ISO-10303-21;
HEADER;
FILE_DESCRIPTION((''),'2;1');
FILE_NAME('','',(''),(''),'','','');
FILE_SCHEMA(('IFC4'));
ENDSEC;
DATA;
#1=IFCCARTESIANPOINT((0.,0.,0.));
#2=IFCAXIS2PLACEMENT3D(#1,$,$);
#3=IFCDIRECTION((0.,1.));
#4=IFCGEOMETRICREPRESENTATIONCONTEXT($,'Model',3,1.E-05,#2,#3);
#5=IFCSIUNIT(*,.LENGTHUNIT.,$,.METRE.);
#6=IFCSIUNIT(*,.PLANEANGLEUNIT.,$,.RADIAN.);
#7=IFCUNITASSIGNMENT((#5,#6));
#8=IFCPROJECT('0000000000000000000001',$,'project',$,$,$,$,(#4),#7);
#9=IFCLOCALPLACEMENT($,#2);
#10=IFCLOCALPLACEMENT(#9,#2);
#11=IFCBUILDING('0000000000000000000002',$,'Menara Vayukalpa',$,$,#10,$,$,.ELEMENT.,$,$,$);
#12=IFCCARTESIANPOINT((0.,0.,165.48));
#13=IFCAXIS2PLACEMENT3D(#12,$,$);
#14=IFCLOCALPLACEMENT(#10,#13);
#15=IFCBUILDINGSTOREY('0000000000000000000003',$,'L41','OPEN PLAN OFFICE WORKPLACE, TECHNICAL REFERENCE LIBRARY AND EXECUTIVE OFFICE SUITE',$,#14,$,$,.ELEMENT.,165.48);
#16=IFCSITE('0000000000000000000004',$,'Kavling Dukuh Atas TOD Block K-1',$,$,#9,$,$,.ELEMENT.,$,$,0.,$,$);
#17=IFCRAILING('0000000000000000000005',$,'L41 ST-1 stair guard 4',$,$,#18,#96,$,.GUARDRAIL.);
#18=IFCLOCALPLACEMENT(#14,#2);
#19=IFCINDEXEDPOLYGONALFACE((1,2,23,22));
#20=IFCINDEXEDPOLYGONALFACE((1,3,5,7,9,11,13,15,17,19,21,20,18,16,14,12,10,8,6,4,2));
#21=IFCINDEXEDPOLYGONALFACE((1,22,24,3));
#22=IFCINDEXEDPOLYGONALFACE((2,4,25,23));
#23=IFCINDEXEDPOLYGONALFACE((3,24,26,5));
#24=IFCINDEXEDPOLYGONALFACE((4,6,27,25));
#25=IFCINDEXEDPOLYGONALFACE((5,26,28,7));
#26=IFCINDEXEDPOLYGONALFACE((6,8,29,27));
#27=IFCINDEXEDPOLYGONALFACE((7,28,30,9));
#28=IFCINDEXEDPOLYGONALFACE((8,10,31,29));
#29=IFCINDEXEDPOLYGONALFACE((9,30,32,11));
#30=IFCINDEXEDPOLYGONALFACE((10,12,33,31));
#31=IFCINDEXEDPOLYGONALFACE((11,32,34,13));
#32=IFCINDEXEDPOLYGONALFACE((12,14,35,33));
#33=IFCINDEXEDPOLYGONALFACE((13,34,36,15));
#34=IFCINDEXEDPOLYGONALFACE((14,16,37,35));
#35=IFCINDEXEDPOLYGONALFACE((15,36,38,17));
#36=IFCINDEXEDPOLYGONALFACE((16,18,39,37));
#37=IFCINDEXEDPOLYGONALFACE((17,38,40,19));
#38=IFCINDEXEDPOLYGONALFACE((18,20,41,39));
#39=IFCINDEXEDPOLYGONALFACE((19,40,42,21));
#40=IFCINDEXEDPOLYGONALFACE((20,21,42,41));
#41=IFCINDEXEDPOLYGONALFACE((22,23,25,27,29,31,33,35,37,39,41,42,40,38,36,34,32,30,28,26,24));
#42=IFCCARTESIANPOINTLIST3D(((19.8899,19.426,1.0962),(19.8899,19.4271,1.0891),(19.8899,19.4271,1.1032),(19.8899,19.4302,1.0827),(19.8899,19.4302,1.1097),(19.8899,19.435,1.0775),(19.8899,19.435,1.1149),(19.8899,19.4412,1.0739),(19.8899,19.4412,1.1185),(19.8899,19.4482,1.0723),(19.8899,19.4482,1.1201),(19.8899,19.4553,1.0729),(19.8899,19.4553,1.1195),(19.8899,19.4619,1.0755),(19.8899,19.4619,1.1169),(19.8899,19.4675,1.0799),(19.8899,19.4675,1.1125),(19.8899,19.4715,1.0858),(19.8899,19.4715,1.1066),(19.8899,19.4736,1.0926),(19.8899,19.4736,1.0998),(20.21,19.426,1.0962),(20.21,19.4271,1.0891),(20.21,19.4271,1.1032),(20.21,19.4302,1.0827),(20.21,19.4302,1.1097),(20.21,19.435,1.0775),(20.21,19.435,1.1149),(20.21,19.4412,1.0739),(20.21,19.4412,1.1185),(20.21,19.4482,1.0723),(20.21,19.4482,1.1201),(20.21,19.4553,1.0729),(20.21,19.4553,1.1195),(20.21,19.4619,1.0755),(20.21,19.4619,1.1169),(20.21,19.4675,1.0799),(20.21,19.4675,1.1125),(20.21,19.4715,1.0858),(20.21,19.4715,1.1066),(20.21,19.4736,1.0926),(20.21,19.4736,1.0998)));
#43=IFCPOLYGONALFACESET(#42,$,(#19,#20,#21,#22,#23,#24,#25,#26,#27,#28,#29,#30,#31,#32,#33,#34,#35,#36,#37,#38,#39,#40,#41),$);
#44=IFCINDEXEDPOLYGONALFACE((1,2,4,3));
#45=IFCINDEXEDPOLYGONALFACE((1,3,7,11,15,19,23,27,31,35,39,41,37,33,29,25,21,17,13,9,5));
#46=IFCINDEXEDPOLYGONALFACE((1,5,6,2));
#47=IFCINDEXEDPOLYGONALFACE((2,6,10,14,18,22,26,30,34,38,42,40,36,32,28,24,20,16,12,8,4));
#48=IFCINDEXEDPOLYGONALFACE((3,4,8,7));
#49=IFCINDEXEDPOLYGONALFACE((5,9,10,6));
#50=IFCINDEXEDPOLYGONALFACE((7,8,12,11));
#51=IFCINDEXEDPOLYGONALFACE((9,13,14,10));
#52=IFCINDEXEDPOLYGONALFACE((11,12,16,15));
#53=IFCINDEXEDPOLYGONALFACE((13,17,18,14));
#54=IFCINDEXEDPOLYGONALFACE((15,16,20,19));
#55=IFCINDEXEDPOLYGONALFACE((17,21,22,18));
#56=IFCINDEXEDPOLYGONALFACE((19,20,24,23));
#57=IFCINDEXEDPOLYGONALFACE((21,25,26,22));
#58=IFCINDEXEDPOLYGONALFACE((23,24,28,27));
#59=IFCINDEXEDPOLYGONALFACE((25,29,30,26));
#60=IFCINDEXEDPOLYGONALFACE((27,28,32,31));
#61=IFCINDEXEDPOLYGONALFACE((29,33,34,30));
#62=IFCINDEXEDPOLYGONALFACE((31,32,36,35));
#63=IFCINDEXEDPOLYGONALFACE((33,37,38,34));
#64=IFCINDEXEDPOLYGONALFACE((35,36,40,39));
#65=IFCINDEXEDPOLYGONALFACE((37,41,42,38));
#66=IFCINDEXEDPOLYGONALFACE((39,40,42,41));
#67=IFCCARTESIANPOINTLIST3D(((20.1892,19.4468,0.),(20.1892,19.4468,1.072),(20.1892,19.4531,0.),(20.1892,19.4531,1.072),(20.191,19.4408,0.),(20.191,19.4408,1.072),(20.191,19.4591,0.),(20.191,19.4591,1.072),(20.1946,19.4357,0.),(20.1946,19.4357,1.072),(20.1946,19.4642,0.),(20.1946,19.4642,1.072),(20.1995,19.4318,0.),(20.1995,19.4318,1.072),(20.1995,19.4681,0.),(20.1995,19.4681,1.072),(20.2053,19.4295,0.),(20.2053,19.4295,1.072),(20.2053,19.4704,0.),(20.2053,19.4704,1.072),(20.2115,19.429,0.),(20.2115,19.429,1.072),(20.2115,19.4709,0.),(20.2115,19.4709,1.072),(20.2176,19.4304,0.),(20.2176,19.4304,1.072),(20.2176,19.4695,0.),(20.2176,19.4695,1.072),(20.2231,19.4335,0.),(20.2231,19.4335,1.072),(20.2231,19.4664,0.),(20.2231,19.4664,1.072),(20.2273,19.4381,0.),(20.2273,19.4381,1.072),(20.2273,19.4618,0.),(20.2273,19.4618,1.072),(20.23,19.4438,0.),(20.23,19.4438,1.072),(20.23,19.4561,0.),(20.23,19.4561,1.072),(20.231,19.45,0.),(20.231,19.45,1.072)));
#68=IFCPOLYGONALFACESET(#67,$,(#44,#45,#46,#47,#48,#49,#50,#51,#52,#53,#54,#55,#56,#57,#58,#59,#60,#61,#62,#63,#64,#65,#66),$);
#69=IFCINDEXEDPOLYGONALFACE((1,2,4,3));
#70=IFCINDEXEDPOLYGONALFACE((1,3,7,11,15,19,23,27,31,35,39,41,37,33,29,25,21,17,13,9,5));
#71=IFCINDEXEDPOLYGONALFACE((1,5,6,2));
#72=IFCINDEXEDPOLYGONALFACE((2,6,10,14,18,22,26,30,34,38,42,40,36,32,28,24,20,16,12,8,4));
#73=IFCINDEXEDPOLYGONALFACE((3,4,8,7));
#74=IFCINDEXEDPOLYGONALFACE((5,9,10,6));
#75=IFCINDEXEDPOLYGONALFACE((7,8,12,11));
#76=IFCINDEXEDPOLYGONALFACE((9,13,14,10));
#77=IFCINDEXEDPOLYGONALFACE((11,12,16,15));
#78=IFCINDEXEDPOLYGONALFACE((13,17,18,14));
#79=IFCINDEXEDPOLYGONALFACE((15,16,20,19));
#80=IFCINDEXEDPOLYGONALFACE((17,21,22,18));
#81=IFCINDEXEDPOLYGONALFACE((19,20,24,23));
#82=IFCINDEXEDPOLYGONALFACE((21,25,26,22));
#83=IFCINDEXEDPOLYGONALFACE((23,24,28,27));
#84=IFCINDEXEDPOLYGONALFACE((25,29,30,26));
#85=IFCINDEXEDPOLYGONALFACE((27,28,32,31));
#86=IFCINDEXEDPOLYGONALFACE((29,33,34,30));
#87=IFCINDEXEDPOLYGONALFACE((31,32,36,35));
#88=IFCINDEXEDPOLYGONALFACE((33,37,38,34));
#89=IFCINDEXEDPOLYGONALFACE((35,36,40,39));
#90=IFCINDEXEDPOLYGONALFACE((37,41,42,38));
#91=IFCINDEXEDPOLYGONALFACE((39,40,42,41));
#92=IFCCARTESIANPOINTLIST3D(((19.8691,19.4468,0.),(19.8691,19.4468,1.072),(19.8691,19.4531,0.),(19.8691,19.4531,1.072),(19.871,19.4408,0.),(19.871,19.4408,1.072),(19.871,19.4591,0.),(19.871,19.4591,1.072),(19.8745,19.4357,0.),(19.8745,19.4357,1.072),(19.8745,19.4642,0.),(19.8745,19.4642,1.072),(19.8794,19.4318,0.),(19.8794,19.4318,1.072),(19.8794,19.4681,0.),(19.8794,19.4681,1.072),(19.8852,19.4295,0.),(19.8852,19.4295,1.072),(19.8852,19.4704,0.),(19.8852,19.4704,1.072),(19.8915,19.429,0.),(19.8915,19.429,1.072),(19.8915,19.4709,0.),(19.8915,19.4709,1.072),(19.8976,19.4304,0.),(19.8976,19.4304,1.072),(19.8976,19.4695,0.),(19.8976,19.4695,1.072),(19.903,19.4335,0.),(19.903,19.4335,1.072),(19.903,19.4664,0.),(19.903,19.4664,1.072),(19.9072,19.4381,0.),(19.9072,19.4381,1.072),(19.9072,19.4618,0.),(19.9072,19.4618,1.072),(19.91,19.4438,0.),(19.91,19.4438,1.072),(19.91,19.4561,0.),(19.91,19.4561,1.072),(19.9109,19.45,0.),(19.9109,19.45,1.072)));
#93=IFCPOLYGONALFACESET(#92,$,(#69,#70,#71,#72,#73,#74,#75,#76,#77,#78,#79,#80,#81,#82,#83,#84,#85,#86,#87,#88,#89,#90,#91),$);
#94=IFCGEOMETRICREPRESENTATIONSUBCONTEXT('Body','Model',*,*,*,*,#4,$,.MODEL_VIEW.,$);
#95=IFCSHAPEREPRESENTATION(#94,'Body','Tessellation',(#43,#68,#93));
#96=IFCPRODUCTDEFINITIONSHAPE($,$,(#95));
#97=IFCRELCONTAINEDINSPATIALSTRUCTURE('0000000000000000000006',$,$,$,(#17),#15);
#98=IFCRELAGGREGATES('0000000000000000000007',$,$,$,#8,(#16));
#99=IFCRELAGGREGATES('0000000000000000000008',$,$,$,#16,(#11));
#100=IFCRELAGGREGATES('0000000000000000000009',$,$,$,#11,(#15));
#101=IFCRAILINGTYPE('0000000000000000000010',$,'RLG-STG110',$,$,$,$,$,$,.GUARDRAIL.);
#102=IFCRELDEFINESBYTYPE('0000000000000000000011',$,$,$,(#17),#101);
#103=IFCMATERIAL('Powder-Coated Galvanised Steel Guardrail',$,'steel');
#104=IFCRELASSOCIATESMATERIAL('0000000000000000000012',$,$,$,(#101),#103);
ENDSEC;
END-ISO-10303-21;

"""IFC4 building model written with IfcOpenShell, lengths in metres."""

from ifc_helpers import new_model, si_unit, direction, frame, origin, origin_2d, place, context, subcontext, project, spatial, circle, extrude, material, type_object, element, save


model = new_model("IFC4")

# Units and contexts
model_context = context("Model", 3, precision=1e-05, world=origin(), true_north=direction((0.0, 1.0)))
body_context = subcontext(model_context, "Body", "Model", "MODEL_VIEW")
ifc_project = project(units=[si_unit("LENGTHUNIT", "METRE"), si_unit("PLANEANGLEUNIT", "RADIAN")], contexts=[model_context])

# Site, building, storey
site_placement = place(None, origin())
site = spatial("IfcSite", under=ifc_project, at=site_placement, Name="Kavling Dukuh Atas TOD Block K-1", CompositionType="ELEMENT", RefElevation=0.0)
building_placement = place(site_placement, origin())
building = spatial("IfcBuilding", under=site, at=building_placement, Name="Menara Vayukalpa", CompositionType="ELEMENT")
storey_placement = place(building_placement, frame((0.0, 0.0, 165.48)))
storey = spatial("IfcBuildingStorey", under=building, at=storey_placement, Name="L41", Description="OPEN PLAN OFFICE WORKPLACE, TECHNICAL REFERENCE LIBRARY AND EXECUTIVE OFFICE SUITE", CompositionType="ELEMENT", Elevation=165.48)

# Railing
ifc_material_1 = material(Name="Powder-Coated Galvanised Steel Guardrail", Category="steel")
railing_type_1 = type_object("IfcRailingType", Name="RLG-STG110", PredefinedType="GUARDRAIL", material=ifc_material_1)
railing_1_placement = place(storey_placement, frame((20.21, 19.45, 0.0)))
element("IfcRailing", 1, at=railing_1_placement, inside=storey, type_object=railing_type_1, Name="L41 ST-1 stair guard 4", PredefinedType="GUARDRAIL", context=body_context, shape_type="SweptSolid", body=[
    extrude(circle(Radius=0.0239, at=origin_2d()), frame((0.0, 0.0, 1.0962), z_axis=(-1.0, 0.0, 0.0), x_axis=(0.0, -1.0, 0.0)), (0.0, 0.0, 1.0), 0.3201),
    extrude(circle(Radius=0.021, at=origin_2d()), origin(), (0.0, 0.0, 1.0), 1.072),
    extrude(circle(Radius=0.021, at=origin_2d()), frame((-0.3201, 0.0, 0.0)), (0.0, 0.0, 1.0), 1.072),
])

save(model, "model.ifc")
